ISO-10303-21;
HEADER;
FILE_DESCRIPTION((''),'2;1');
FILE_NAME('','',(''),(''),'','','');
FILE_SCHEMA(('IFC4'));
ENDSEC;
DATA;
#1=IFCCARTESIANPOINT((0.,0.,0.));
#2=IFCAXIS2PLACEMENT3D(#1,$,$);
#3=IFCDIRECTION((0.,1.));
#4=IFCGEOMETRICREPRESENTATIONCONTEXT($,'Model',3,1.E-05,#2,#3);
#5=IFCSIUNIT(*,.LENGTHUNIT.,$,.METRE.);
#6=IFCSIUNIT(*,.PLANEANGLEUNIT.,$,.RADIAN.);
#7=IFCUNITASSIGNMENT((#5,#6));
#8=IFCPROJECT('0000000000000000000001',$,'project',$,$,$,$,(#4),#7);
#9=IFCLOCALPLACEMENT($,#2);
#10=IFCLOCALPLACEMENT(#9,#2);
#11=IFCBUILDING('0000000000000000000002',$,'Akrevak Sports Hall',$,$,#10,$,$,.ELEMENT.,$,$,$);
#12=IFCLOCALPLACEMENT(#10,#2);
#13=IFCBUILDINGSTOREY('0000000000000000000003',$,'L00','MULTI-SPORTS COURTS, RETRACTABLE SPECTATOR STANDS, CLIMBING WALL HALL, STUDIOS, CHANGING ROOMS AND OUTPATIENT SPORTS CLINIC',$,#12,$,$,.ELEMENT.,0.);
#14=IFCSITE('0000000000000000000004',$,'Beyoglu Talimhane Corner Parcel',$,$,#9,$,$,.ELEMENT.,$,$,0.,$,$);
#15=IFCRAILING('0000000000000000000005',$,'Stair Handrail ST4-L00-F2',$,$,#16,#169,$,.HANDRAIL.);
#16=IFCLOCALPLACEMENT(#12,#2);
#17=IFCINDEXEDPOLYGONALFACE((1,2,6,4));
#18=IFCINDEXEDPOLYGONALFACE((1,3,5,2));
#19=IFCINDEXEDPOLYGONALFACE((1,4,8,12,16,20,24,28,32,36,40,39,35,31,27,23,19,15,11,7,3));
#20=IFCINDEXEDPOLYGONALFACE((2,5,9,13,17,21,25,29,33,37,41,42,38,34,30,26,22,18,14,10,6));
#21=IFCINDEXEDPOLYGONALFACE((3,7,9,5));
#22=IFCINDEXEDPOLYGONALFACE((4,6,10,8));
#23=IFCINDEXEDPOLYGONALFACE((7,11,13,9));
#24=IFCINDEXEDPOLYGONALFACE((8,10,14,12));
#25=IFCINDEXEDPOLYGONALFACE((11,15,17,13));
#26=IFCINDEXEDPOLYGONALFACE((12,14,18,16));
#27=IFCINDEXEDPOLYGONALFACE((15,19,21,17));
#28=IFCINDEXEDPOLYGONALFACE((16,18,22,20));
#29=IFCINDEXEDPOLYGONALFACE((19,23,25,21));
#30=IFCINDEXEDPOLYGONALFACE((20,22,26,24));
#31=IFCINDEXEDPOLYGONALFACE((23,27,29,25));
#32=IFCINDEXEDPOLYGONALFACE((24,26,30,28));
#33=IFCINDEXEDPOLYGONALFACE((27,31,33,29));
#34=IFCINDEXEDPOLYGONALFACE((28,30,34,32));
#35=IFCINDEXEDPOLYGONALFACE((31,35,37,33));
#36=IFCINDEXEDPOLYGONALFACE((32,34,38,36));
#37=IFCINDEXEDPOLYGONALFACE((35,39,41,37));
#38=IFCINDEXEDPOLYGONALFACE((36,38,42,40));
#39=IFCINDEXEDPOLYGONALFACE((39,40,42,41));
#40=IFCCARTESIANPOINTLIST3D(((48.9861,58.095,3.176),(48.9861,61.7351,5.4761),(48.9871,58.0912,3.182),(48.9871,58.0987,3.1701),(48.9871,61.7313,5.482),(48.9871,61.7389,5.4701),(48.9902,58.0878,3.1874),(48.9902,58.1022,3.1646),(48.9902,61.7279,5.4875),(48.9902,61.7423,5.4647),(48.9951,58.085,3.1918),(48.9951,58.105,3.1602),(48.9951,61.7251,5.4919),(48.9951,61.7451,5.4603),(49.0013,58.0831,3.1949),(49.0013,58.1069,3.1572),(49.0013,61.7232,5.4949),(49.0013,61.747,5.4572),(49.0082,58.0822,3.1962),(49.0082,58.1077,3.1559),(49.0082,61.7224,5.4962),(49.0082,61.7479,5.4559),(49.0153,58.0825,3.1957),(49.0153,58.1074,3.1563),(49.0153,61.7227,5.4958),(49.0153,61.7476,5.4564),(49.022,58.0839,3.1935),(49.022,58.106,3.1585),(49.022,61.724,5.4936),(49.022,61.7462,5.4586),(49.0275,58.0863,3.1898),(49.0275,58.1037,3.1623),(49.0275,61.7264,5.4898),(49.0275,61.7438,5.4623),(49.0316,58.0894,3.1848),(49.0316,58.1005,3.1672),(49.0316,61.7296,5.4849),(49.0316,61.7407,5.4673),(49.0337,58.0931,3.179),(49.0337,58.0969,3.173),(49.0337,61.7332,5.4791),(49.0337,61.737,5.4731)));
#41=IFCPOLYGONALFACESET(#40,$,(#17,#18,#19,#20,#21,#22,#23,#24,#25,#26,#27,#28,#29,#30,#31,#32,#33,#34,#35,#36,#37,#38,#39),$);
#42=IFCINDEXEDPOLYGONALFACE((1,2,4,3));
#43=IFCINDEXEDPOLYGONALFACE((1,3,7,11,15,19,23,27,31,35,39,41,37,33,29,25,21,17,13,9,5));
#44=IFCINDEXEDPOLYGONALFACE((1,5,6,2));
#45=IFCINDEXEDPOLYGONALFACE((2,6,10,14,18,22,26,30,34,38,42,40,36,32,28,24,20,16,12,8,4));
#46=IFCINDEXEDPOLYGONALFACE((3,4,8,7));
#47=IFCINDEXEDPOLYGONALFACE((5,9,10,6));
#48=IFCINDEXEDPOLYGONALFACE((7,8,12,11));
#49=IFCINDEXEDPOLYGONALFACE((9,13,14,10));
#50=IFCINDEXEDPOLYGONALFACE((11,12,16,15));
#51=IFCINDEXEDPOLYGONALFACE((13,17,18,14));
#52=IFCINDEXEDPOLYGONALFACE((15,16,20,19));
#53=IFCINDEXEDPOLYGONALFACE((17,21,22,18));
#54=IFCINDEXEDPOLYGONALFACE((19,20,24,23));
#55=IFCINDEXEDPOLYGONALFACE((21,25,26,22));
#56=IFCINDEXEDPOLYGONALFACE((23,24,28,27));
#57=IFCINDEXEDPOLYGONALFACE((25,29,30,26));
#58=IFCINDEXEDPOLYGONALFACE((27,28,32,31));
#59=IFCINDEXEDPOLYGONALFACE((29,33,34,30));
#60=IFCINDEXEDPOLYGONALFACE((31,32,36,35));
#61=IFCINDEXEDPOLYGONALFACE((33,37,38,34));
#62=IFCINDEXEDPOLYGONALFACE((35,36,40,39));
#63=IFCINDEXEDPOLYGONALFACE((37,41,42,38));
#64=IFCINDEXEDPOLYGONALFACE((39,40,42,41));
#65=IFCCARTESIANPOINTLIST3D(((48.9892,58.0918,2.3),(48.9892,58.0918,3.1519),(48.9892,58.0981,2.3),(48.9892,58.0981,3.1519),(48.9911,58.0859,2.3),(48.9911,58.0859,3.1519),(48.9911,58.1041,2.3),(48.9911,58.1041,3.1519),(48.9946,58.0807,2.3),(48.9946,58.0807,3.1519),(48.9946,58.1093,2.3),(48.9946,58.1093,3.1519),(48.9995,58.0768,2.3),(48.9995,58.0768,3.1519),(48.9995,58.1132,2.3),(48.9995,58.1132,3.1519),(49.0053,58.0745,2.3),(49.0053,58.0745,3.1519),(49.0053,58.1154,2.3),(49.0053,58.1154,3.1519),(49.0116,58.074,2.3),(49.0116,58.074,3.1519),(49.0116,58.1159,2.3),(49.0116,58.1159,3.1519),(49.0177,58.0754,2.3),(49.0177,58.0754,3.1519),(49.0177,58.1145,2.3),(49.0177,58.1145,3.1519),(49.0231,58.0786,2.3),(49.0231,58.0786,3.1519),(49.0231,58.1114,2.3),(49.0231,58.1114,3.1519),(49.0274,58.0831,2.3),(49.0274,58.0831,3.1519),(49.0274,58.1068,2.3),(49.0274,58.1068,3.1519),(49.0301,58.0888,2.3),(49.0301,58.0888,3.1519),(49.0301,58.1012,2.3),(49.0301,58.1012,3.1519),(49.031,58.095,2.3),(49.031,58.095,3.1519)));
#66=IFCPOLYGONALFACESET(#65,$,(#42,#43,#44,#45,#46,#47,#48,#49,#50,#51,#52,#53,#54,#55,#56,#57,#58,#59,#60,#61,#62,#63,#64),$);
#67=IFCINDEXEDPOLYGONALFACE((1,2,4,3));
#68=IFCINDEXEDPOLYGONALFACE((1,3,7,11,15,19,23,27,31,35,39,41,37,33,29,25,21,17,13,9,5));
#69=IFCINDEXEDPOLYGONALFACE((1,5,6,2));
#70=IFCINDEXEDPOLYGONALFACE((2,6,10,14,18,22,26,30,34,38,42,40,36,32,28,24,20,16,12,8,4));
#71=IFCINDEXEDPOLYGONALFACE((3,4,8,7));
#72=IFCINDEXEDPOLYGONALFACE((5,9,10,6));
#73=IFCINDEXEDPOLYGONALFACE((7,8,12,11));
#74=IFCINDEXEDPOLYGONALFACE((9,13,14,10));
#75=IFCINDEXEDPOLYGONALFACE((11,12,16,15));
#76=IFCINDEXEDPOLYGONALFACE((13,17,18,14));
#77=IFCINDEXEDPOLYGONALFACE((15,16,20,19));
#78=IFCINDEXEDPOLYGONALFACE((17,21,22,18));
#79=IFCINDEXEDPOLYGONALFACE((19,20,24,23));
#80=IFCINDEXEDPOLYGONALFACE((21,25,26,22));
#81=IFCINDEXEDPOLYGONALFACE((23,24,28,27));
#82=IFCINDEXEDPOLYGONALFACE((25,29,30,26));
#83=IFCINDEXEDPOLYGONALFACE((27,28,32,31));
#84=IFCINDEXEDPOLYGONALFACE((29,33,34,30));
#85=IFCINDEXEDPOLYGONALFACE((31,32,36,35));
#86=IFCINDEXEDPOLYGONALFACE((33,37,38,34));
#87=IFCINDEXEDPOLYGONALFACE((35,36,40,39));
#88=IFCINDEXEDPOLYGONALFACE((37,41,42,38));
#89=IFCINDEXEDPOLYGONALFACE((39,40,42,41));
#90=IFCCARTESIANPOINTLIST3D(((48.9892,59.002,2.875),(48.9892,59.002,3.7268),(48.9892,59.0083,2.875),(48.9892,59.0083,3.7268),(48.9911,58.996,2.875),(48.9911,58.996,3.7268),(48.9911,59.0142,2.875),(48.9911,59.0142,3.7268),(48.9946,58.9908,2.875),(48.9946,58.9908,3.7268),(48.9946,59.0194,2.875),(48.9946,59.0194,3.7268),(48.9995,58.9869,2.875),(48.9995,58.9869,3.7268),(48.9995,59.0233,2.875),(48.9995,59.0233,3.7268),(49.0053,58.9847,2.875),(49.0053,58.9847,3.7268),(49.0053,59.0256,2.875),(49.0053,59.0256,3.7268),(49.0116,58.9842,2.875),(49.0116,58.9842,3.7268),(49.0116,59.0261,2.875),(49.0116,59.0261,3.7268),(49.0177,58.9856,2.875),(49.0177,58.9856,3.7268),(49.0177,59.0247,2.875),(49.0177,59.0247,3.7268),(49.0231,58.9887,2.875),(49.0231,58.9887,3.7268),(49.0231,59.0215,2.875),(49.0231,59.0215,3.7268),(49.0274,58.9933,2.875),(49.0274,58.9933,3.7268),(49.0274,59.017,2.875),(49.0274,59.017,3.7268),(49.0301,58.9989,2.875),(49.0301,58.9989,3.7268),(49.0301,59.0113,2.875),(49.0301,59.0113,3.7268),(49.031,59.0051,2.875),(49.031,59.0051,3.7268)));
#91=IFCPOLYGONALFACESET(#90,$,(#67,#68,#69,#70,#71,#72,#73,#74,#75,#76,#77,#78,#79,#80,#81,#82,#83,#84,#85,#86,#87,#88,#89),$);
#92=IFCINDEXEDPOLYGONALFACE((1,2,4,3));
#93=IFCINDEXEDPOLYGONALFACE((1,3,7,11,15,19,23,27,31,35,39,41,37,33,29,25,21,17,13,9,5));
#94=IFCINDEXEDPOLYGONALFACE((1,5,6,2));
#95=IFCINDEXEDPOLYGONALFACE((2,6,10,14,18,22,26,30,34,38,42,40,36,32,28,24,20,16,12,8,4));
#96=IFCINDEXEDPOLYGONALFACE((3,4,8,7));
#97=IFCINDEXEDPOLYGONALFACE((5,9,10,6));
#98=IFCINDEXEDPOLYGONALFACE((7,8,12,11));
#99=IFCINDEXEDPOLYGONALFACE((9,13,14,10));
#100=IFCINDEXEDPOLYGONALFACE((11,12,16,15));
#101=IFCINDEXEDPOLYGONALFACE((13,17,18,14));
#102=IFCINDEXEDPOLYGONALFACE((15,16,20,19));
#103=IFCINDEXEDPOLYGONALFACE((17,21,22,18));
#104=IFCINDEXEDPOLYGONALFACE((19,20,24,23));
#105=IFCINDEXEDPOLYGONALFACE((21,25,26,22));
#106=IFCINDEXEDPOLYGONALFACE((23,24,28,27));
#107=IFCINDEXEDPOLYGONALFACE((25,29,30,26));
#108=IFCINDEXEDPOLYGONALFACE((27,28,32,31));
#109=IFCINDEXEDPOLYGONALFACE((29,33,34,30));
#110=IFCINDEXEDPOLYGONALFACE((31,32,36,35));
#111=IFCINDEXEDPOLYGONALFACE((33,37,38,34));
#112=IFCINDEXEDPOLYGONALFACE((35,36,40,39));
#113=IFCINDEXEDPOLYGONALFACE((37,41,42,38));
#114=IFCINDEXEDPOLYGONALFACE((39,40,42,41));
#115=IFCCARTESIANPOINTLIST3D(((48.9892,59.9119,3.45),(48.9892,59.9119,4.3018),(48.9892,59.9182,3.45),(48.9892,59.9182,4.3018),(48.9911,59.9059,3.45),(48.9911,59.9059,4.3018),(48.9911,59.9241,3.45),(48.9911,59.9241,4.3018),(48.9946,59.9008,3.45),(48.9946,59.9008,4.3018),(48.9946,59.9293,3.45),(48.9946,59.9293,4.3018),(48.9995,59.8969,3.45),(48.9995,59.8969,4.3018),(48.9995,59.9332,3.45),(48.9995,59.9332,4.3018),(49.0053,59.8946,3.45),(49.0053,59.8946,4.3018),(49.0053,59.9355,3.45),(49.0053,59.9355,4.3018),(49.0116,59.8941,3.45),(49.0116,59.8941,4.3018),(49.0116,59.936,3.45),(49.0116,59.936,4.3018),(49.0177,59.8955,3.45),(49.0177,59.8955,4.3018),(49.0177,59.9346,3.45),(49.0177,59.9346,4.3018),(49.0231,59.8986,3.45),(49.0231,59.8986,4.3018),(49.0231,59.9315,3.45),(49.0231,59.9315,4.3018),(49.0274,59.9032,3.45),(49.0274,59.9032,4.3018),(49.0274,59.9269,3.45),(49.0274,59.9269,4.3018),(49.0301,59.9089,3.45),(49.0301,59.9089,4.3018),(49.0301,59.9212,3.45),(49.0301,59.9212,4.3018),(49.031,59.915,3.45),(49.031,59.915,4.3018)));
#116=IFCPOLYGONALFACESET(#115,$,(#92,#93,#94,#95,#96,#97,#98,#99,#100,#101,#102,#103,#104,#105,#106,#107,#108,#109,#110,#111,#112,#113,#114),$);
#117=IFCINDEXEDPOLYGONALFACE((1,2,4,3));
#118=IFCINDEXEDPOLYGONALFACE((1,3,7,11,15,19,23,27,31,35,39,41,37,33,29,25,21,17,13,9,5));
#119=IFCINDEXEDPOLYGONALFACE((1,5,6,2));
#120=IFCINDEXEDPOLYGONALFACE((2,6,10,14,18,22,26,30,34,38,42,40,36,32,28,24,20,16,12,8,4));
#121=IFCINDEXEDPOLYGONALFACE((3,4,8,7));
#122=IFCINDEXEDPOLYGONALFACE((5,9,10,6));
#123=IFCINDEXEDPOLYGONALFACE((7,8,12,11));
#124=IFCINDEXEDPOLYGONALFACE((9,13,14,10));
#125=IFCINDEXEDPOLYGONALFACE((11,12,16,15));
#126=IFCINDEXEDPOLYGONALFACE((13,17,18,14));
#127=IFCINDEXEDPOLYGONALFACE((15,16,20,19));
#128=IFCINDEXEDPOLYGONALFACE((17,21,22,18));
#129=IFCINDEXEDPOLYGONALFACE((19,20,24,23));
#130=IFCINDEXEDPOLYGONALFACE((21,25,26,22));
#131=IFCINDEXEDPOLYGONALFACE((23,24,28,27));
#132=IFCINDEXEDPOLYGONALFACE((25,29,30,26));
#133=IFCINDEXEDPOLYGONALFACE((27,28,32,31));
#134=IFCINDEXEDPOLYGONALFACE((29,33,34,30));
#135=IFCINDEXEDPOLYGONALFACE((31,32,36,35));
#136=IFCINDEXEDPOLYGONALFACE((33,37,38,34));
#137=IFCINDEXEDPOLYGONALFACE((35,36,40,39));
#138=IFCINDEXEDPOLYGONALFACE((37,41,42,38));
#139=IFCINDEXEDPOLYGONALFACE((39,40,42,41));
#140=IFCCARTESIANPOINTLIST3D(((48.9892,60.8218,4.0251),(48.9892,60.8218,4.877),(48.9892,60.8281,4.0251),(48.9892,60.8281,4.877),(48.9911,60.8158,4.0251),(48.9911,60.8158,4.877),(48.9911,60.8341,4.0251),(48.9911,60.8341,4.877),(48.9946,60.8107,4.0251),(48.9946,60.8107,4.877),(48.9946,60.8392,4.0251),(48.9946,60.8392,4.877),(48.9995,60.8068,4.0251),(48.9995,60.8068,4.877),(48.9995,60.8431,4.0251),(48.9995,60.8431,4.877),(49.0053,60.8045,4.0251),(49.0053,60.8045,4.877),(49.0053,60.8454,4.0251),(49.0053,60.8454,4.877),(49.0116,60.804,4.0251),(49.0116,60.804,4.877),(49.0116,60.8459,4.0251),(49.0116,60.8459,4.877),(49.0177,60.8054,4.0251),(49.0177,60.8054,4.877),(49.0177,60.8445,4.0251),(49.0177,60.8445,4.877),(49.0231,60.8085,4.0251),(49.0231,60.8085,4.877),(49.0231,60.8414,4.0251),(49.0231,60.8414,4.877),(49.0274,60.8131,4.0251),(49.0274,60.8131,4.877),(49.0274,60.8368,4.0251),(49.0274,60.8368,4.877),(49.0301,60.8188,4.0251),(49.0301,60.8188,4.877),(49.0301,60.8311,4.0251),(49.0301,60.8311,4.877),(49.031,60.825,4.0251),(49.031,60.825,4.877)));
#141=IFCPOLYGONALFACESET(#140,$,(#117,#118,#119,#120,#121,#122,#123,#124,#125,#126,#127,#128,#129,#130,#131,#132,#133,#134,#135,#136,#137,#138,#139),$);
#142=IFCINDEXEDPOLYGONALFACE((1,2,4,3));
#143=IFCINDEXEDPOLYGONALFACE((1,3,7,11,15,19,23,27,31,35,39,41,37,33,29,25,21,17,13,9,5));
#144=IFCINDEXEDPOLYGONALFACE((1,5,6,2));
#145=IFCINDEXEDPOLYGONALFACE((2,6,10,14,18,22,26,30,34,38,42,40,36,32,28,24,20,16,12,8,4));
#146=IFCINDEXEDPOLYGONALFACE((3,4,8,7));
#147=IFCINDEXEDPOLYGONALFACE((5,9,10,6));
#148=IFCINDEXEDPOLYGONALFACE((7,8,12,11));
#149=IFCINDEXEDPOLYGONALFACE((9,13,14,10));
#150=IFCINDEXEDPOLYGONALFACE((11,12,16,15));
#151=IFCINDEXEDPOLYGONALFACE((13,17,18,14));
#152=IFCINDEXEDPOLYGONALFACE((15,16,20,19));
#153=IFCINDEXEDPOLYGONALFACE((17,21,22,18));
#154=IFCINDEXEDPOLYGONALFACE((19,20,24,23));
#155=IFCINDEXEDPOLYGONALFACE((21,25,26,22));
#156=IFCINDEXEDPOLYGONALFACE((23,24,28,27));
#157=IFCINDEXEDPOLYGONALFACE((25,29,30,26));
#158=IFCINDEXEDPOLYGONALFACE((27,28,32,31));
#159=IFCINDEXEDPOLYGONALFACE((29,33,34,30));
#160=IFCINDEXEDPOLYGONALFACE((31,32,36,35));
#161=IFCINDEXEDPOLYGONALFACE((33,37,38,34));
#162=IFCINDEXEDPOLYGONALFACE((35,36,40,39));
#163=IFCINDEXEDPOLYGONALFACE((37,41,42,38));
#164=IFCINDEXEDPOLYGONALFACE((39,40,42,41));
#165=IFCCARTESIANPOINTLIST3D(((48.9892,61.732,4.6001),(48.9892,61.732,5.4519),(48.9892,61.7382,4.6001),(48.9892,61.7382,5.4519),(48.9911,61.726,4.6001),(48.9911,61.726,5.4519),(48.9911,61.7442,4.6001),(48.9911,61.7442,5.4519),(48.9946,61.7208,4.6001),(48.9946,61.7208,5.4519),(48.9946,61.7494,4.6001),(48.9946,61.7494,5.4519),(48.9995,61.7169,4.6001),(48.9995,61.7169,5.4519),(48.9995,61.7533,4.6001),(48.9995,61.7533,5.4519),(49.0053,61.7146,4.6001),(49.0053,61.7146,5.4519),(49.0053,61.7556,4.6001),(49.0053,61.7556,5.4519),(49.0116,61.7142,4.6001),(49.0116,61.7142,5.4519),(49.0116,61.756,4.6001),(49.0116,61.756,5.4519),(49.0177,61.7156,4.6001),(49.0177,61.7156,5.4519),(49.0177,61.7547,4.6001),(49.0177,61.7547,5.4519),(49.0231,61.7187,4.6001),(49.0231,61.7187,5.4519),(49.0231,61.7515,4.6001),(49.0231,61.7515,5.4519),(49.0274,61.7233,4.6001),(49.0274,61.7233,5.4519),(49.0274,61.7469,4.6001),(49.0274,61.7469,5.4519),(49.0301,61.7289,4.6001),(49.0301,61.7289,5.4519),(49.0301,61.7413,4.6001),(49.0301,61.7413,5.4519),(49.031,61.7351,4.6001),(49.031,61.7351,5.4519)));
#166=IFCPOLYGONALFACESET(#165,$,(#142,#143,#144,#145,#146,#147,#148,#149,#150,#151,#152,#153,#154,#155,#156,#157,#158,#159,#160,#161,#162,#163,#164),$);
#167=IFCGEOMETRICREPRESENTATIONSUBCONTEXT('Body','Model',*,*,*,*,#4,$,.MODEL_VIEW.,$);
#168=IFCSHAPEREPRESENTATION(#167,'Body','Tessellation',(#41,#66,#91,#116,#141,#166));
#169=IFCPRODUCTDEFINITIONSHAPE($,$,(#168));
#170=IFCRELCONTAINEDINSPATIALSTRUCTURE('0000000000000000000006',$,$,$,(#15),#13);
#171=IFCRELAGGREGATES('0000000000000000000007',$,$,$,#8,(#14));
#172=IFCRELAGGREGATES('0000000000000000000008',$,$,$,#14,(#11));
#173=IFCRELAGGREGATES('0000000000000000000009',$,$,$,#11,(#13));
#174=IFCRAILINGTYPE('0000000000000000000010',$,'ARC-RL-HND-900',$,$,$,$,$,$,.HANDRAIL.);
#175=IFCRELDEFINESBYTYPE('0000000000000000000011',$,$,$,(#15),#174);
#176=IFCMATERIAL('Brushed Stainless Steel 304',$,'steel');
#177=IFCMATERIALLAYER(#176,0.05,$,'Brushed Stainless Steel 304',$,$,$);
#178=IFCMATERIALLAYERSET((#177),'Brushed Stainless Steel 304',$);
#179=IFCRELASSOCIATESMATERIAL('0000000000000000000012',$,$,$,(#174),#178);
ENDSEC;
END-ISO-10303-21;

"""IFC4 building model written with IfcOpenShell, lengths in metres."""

from ifc_helpers import new_model, si_unit, direction, frame, origin, origin_2d, place, context, subcontext, project, spatial, circle, extrude, material, layer, layer_set, type_object, element, save


model = new_model("IFC4")

# Units and contexts
model_context = context("Model", 3, precision=1e-05, world=origin(), true_north=direction((0.0, 1.0)))
body_context = subcontext(model_context, "Body", "Model", "MODEL_VIEW")
ifc_project = project(units=[si_unit("LENGTHUNIT", "METRE"), si_unit("PLANEANGLEUNIT", "RADIAN")], contexts=[model_context])

# Site, building, storey
site_placement = place(None, origin())
site = spatial("IfcSite", under=ifc_project, at=site_placement, Name="Beyoglu Talimhane Corner Parcel", CompositionType="ELEMENT", RefElevation=0.0)
building_placement = place(site_placement, origin())
building = spatial("IfcBuilding", under=site, at=building_placement, Name="Akrevak Sports Hall", CompositionType="ELEMENT")
storey_placement = place(building_placement, origin())
storey = spatial("IfcBuildingStorey", under=building, at=storey_placement, Name="L00", Description="MULTI-SPORTS COURTS, RETRACTABLE SPECTATOR STANDS, CLIMBING WALL HALL, STUDIOS, CHANGING ROOMS AND OUTPATIENT SPORTS CLINIC", CompositionType="ELEMENT", Elevation=0.0)

# Railing
ifc_material_1 = material(Name="Brushed Stainless Steel 304", Category="steel")
ifc_layer_1 = layer(ifc_material_1, 0.05, Name="Brushed Stainless Steel 304")
ifc_layer_set_1 = layer_set([ifc_layer_1], Name="Brushed Stainless Steel 304")
railing_type_1 = type_object("IfcRailingType", Name="ARC-RL-HND-900", PredefinedType="HANDRAIL", material=ifc_layer_set_1)
railing_1_placement = place(storey_placement, frame((49.01, 58.095, 2.3)))
element("IfcRailing", 1, at=railing_1_placement, inside=storey, type_object=railing_type_1, Name="Stair Handrail ST4-L00-F2", PredefinedType="HANDRAIL", context=body_context, shape_type="SweptSolid", body=[
    extrude(circle(Radius=0.0239, at=origin_2d()), frame((0.0, 0.0, 0.876), z_axis=(0.0, 0.845382, 0.534162), x_axis=(-1.0, 0.0, 0.0)), (0.0, 0.0, 1.0), 4.3059),
    extrude(circle(Radius=0.021, at=origin_2d()), origin(), (0.0, 0.0, 1.0), 0.8518),
    extrude(circle(Radius=0.021, at=origin_2d()), frame((0.0, 0.9102, 0.575)), (0.0, 0.0, 1.0), 0.8518),
    extrude(circle(Radius=0.021, at=origin_2d()), frame((0.0, 1.8201, 1.1499)), (0.0, 0.0, 1.0), 0.8518),
    extrude(circle(Radius=0.021, at=origin_2d()), frame((0.0, 2.73, 1.7251)), (0.0, 0.0, 1.0), 0.8518),
    extrude(circle(Radius=0.021, at=origin_2d()), frame((0.0, 3.6401, 2.3)), (0.0, 0.0, 1.0), 0.8518),
])

save(model, "model.ifc")
